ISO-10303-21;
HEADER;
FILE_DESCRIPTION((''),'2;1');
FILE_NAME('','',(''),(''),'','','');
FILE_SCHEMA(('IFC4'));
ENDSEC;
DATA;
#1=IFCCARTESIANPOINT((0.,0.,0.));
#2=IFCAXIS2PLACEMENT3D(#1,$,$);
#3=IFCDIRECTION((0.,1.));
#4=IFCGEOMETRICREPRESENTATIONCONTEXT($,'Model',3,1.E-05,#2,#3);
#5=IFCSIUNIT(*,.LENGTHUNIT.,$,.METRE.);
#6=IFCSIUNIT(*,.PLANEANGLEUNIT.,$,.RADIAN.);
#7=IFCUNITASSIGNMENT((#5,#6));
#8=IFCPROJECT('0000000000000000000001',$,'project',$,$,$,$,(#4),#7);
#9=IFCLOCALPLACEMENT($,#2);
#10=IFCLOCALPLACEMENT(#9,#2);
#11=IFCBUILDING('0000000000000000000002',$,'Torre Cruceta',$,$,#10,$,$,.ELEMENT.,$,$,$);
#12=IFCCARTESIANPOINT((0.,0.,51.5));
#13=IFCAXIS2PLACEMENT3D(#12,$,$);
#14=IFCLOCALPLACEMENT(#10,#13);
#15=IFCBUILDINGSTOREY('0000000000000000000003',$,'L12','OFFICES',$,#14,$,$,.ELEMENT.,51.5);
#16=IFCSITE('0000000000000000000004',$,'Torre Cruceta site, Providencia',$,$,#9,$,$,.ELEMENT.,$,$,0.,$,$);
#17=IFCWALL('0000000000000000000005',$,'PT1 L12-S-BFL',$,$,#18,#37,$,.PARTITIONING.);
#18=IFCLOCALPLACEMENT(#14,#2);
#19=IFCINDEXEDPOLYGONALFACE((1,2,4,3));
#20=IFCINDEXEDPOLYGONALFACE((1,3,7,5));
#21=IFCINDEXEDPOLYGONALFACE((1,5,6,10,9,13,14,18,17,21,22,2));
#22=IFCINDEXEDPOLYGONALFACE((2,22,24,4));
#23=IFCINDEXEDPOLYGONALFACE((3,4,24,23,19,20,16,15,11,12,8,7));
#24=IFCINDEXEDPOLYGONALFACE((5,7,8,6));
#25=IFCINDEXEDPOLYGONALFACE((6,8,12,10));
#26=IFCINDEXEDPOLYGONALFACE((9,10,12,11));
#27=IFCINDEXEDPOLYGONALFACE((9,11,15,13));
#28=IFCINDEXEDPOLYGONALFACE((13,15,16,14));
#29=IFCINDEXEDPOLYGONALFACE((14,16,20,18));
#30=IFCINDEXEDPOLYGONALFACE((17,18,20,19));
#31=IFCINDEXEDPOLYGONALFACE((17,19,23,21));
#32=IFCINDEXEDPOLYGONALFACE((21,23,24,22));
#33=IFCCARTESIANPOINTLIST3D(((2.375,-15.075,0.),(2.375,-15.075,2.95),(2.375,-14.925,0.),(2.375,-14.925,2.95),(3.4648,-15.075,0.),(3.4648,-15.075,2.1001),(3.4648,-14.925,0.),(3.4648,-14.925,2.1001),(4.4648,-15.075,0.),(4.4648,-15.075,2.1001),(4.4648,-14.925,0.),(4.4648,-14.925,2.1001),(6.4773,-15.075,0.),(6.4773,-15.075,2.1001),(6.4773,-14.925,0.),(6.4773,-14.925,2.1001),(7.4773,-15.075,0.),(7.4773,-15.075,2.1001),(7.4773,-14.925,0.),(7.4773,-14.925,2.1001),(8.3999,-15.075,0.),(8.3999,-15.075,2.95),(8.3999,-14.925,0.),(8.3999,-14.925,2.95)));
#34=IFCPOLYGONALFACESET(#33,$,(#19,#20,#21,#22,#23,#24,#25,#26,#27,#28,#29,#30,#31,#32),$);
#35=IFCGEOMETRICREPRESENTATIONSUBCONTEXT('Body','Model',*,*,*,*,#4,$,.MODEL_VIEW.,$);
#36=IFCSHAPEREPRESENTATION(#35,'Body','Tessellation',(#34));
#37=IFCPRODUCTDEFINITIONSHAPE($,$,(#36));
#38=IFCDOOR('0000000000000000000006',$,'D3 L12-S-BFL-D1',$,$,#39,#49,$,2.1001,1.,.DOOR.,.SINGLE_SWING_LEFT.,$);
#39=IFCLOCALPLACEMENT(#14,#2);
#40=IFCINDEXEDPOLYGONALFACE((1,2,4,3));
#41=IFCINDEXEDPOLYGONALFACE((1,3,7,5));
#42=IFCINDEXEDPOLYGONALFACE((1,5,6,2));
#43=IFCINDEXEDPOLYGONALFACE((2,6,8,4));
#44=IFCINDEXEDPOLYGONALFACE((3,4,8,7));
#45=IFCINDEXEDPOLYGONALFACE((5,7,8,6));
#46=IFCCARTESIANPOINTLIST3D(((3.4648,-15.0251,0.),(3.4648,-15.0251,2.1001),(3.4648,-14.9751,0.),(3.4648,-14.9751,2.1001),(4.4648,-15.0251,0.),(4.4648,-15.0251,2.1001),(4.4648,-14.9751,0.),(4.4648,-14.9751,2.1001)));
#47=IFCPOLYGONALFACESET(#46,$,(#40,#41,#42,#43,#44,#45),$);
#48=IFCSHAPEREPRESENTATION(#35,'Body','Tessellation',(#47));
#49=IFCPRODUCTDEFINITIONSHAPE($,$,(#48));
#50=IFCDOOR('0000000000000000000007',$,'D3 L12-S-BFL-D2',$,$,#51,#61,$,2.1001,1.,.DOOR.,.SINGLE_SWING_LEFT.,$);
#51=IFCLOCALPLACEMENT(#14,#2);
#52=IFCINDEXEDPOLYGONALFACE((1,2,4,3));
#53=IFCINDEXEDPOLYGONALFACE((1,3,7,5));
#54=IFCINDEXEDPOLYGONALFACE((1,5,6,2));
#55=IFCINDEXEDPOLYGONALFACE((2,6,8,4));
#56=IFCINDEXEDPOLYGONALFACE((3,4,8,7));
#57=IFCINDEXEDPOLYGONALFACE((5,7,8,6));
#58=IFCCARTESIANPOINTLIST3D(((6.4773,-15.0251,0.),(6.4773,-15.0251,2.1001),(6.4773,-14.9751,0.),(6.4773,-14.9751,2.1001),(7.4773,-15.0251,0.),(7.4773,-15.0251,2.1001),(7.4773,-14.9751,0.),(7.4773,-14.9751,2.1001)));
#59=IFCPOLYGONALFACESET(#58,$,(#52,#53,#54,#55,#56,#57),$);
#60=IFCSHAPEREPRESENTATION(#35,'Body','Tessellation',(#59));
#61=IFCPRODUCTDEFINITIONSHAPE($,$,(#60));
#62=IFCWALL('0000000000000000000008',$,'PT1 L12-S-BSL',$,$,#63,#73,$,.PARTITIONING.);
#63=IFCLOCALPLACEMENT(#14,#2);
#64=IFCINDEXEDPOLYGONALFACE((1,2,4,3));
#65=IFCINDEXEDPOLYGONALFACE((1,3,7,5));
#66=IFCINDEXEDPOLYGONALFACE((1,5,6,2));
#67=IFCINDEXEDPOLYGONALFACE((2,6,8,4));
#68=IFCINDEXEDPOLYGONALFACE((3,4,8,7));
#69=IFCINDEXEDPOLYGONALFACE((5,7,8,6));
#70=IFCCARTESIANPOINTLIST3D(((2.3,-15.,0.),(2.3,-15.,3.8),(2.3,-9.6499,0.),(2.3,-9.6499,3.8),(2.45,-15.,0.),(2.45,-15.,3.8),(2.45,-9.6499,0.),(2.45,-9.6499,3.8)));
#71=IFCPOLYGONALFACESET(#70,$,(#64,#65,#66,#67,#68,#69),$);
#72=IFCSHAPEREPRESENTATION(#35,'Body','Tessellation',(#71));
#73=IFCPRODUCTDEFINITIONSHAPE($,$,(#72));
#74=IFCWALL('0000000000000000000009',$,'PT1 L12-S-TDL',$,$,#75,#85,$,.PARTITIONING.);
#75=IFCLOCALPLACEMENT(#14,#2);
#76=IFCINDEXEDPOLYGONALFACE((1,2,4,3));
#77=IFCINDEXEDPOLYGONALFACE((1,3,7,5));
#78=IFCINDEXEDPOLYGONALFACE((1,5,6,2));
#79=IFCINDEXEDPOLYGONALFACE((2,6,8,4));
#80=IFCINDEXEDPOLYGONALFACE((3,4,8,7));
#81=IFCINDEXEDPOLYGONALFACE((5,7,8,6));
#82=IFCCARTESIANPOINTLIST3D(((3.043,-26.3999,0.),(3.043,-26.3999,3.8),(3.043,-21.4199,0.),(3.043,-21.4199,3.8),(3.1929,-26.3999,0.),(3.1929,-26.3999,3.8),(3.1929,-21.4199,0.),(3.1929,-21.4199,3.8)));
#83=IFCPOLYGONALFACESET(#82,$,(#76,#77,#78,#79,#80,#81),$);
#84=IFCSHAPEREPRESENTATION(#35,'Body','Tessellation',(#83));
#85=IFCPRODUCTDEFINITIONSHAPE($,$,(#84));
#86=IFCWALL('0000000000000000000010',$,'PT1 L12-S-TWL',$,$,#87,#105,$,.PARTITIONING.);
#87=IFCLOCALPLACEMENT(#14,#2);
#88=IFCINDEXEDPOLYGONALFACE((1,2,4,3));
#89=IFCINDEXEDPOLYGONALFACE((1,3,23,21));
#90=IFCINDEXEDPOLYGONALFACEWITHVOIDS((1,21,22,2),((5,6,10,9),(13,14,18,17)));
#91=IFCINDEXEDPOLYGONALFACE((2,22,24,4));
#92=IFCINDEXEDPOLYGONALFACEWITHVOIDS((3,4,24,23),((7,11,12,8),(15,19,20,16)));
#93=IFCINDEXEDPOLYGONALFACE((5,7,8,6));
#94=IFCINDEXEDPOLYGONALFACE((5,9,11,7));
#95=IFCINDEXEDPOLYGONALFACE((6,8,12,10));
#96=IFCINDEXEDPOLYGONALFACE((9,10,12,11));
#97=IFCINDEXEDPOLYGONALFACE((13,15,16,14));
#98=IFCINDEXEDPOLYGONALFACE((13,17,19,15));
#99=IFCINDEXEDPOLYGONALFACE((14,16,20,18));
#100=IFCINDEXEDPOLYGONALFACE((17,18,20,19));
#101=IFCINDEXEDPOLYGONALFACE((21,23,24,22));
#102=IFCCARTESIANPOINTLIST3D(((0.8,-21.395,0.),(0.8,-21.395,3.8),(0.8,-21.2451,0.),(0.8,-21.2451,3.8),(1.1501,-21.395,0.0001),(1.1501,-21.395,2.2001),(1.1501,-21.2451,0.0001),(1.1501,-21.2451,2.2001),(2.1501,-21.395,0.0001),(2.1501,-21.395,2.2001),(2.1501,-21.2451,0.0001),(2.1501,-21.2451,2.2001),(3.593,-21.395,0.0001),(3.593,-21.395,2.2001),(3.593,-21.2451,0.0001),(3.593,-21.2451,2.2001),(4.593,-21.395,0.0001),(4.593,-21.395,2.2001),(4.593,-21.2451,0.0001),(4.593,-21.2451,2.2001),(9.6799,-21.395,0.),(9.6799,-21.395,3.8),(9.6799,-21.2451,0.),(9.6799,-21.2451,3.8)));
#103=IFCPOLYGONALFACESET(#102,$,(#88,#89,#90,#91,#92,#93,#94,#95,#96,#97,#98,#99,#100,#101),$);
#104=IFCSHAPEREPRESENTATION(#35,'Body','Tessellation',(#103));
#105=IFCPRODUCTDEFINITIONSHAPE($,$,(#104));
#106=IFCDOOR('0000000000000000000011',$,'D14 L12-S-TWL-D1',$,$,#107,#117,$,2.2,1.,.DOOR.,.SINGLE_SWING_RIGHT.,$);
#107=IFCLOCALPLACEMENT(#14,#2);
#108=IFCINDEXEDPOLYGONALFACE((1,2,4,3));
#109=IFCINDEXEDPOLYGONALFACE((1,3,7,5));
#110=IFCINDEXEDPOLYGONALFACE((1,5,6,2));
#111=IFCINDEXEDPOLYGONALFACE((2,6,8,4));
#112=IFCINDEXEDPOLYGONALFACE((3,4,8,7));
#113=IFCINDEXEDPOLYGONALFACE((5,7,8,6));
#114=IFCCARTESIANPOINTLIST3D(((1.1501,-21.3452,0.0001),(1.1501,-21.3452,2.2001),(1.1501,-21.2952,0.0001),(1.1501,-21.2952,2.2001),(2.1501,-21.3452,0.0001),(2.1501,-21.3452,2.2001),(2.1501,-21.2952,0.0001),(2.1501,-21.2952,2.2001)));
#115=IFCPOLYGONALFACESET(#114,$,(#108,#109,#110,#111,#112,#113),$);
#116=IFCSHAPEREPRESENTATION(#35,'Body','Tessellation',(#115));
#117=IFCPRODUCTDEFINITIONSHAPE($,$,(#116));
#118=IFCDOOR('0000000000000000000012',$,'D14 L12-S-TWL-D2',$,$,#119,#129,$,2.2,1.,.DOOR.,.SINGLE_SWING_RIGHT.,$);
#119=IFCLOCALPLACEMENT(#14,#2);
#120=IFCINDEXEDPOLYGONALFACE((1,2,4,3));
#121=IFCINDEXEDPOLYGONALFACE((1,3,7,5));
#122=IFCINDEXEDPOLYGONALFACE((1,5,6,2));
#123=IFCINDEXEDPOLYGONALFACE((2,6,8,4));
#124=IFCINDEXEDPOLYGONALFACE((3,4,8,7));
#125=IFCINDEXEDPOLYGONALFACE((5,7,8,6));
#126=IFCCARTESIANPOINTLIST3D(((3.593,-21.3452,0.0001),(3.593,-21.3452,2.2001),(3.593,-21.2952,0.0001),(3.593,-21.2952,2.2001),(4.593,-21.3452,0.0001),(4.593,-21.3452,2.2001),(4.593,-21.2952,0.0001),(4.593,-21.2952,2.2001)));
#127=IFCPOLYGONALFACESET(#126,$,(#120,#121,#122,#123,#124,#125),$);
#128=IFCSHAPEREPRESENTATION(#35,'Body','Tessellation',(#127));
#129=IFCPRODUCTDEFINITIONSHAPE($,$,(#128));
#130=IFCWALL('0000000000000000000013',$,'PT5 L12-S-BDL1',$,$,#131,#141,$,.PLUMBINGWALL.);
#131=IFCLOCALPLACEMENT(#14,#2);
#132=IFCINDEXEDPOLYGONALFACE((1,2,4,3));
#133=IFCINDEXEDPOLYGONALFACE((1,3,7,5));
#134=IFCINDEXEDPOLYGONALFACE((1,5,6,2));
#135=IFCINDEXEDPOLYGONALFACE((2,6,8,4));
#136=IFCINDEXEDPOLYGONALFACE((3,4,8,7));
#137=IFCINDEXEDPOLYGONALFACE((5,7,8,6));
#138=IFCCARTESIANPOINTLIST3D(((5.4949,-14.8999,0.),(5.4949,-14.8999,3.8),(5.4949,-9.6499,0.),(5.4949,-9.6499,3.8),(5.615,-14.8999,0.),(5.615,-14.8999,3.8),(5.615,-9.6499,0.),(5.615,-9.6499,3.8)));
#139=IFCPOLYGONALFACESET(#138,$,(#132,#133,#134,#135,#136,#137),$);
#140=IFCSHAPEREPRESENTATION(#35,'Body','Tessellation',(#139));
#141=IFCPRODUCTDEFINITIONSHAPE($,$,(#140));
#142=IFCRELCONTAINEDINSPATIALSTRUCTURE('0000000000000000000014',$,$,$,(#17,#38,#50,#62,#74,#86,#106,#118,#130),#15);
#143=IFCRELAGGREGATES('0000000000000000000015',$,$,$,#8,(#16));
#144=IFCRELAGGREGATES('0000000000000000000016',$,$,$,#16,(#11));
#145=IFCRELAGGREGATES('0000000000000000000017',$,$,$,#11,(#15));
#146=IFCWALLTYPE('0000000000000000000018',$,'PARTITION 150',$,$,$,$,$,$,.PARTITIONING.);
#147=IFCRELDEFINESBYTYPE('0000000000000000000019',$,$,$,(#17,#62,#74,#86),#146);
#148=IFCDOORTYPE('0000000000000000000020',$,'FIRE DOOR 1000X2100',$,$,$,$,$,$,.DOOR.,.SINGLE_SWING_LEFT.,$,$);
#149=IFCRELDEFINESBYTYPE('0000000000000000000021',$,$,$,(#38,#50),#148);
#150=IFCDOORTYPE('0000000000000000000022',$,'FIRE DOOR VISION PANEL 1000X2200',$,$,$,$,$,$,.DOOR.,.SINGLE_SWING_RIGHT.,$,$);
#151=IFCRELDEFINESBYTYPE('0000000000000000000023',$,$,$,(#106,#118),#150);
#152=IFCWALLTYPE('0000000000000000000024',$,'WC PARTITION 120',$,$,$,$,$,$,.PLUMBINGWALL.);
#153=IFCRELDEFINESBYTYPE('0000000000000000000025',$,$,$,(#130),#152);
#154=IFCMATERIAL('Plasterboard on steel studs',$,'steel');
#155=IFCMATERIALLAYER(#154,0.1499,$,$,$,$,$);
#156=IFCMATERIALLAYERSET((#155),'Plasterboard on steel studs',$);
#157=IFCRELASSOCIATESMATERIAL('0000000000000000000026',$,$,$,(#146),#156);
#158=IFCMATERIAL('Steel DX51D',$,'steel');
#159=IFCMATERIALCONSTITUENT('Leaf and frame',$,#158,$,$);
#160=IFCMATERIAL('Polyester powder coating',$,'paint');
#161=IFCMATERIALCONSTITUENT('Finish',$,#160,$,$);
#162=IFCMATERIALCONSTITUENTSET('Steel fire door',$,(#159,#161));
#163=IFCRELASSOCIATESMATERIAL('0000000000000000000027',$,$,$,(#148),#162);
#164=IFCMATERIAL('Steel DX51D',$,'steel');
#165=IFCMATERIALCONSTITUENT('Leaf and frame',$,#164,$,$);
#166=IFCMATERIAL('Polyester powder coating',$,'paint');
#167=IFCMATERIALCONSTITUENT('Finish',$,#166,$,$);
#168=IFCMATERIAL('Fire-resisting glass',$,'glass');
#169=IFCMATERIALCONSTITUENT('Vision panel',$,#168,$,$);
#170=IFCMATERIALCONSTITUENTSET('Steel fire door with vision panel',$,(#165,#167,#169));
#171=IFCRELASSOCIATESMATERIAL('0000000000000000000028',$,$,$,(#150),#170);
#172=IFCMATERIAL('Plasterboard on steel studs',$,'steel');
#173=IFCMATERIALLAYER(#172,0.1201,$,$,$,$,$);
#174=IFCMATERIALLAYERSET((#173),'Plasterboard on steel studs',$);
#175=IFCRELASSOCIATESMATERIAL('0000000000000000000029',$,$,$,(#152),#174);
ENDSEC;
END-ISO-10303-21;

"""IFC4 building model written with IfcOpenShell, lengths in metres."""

from ifc_helpers import new_model, si_unit, direction, frame, frame_2d, origin, place, context, subcontext, project, spatial, rectangle, extrude, material, layer, layer_set, constituent, constituent_set, type_object, element, fill, save


model = new_model("IFC4")

# Units and contexts
model_context = context("Model", 3, precision=1e-05, world=origin(), true_north=direction((0.0, 1.0)))
body_context = subcontext(model_context, "Body", "Model", "MODEL_VIEW")
ifc_project = project(units=[si_unit("LENGTHUNIT", "METRE"), si_unit("PLANEANGLEUNIT", "RADIAN")], contexts=[model_context])

# Site, building, storey
site_placement = place(None, origin())
site = spatial("IfcSite", under=ifc_project, at=site_placement, Name="Torre Cruceta site, Providencia", CompositionType="ELEMENT", RefElevation=0.0)
building_placement = place(site_placement, origin())
building = spatial("IfcBuilding", under=site, at=building_placement, Name="Torre Cruceta", CompositionType="ELEMENT")
storey_placement = place(building_placement, frame((0.0, 0.0, 51.5)))
storey = spatial("IfcBuildingStorey", under=building, at=storey_placement, Name="L12", Description="OFFICES", CompositionType="ELEMENT", Elevation=51.5)

# Wall, openings, doors
ifc_material_1 = material(Name="Plasterboard on steel studs", Category="steel")
ifc_layer_1 = layer(ifc_material_1, 0.1499)
ifc_layer_set_1 = layer_set([ifc_layer_1], Name="Plasterboard on steel studs")
wall_type_1 = type_object("IfcWallType", Name="PARTITION 150", PredefinedType="PARTITIONING", material=ifc_layer_set_1)
wall_1_placement = place(storey_placement, frame((2.375, -15.0, 0.0), z_axis=(0.0, 0.0, 1.0), x_axis=(1.0, 0.0, 0.0)))
wall_1 = element("IfcWall", 1, at=wall_1_placement, inside=storey, type_object=wall_type_1, Name="PT1 L12-S-BFL", PredefinedType="PARTITIONING", context=body_context, shape_type="SweptSolid", body=[
    extrude(rectangle(XDim=6.0249, YDim=0.1499, at=frame_2d((3.0125, 0.0))), origin(), (0.0, 0.0, 1.0), 2.95),
])
opening_1_placement = place(wall_1_placement, frame((1.0898, 0.0, 0.0)))
opening_1 = element("IfcOpeningElement", 2, at=opening_1_placement, cuts=wall_1, PredefinedType="OPENING", context=body_context, shape_type="SweptSolid", body=[
    extrude(rectangle(XDim=1.0, YDim=2.1001, at=frame_2d((0.5, 1.05))), frame((0.0, 0.085, 0.0), z_axis=(0.0, -1.0, 0.0), x_axis=(1.0, 0.0, 0.0)), (0.0, 0.0, 1.0), 0.1699),
])
opening_2_placement = place(wall_1_placement, frame((4.1023, 0.0, 0.0)))
opening_2 = element("IfcOpeningElement", 3, at=opening_2_placement, cuts=wall_1, PredefinedType="OPENING", context=body_context, shape_type="SweptSolid", body=[
    extrude(rectangle(XDim=1.0, YDim=2.1001, at=frame_2d((0.5, 1.05))), frame((0.0, 0.085, 0.0), z_axis=(0.0, -1.0, 0.0), x_axis=(1.0, 0.0, 0.0)), (0.0, 0.0, 1.0), 0.1699),
])
ifc_material_2 = material(Name="Steel DX51D", Category="steel")
ifc_constituent_1 = constituent(ifc_material_2, Name="Leaf and frame")
ifc_material_3 = material(Name="Polyester powder coating", Category="paint")
ifc_constituent_2 = constituent(ifc_material_3, Name="Finish")
ifc_constituent_set_1 = constituent_set(constituents=[ifc_constituent_1, ifc_constituent_2], Name="Steel fire door")
door_type_1 = type_object("IfcDoorType", Name="FIRE DOOR 1000X2100", OperationType="SINGLE_SWING_LEFT", PredefinedType="DOOR", material=ifc_constituent_set_1)
door_1_placement = place(opening_1_placement, origin())
door_1 = element("IfcDoor", 4, at=door_1_placement, inside=storey, type_object=door_type_1, Name="D3 L12-S-BFL-D1", OperationType="SINGLE_SWING_LEFT", OverallHeight=2.1001, OverallWidth=1.0, PredefinedType="DOOR", context=body_context, shape_type="SweptSolid", body=[
    extrude(rectangle(XDim=1.0, YDim=2.1001, at=frame_2d((0.5, 1.05))), frame((0.0, 0.0249, 0.0), z_axis=(0.0, -1.0, 0.0), x_axis=(1.0, 0.0, 0.0)), (0.0, 0.0, 1.0), 0.05),
])
fill(opening_1, door_1)
door_2_placement = place(opening_2_placement, origin())
door_2 = element("IfcDoor", 5, at=door_2_placement, inside=storey, type_object=door_type_1, Name="D3 L12-S-BFL-D2", OperationType="SINGLE_SWING_LEFT", OverallHeight=2.1001, OverallWidth=1.0, PredefinedType="DOOR", context=body_context, shape_type="SweptSolid", body=[
    extrude(rectangle(XDim=1.0, YDim=2.1001, at=frame_2d((0.5, 1.05))), frame((0.0, 0.0249, 0.0), z_axis=(0.0, -1.0, 0.0), x_axis=(1.0, 0.0, 0.0)), (0.0, 0.0, 1.0), 0.05),
])
fill(opening_2, door_2)

# Walls
wall_2_placement = place(storey_placement, frame((2.375, -9.6499, 0.0), z_axis=(0.0, 0.0, 1.0), x_axis=(0.0, -1.0, 0.0)))
element("IfcWall", 6, at=wall_2_placement, inside=storey, type_object=wall_type_1, Name="PT1 L12-S-BSL", PredefinedType="PARTITIONING", context=body_context, shape_type="SweptSolid", body=[
    extrude(rectangle(XDim=5.3501, YDim=0.1499, at=frame_2d((2.675, 0.0))), origin(), (0.0, 0.0, 1.0), 3.8),
])
wall_3_placement = place(storey_placement, frame((3.1179, -21.4199, 0.0), z_axis=(0.0, 0.0, 1.0), x_axis=(0.0, -1.0, 0.0)))
element("IfcWall", 7, at=wall_3_placement, inside=storey, type_object=wall_type_1, Name="PT1 L12-S-TDL", PredefinedType="PARTITIONING", context=body_context, shape_type="SweptSolid", body=[
    extrude(rectangle(XDim=4.98, YDim=0.1499, at=frame_2d((2.49, 0.0))), origin(), (0.0, 0.0, 1.0), 3.8),
])

# Wall, openings, doors
wall_4_placement = place(storey_placement, frame((0.8, -21.3201, 0.0), z_axis=(0.0, 0.0, 1.0), x_axis=(1.0, 0.0, 0.0)))
wall_4 = element("IfcWall", 8, at=wall_4_placement, inside=storey, type_object=wall_type_1, Name="PT1 L12-S-TWL", PredefinedType="PARTITIONING", context=body_context, shape_type="SweptSolid", body=[
    extrude(rectangle(XDim=8.8799, YDim=0.1499, at=frame_2d((4.4399, 0.0))), origin(), (0.0, 0.0, 1.0), 3.8),
])
opening_3_placement = place(wall_4_placement, frame((0.3501, 0.0, 0.0)))
opening_3 = element("IfcOpeningElement", 9, at=opening_3_placement, cuts=wall_4, PredefinedType="OPENING", context=body_context, shape_type="SweptSolid", body=[
    extrude(rectangle(XDim=1.0, YDim=2.2, at=frame_2d((0.5, 1.1001))), frame((0.0, 0.085, 0.0), z_axis=(0.0, -1.0, 0.0), x_axis=(1.0, 0.0, 0.0)), (0.0, 0.0, 1.0), 0.1699),
])
opening_4_placement = place(wall_4_placement, frame((2.793, 0.0, 0.0)))
opening_4 = element("IfcOpeningElement", 10, at=opening_4_placement, cuts=wall_4, PredefinedType="OPENING", context=body_context, shape_type="SweptSolid", body=[
    extrude(rectangle(XDim=1.0, YDim=2.2, at=frame_2d((0.5, 1.1001))), frame((0.0, 0.085, 0.0), z_axis=(0.0, -1.0, 0.0), x_axis=(1.0, 0.0, 0.0)), (0.0, 0.0, 1.0), 0.1699),
])
ifc_material_4 = material(Name="Steel DX51D", Category="steel")
ifc_constituent_3 = constituent(ifc_material_4, Name="Leaf and frame")
ifc_material_5 = material(Name="Polyester powder coating", Category="paint")
ifc_constituent_4 = constituent(ifc_material_5, Name="Finish")
ifc_material_6 = material(Name="Fire-resisting glass", Category="glass")
ifc_constituent_5 = constituent(ifc_material_6, Name="Vision panel")
ifc_constituent_set_2 = constituent_set(constituents=[ifc_constituent_3, ifc_constituent_4, ifc_constituent_5], Name="Steel fire door with vision panel")
door_type_2 = type_object("IfcDoorType", Name="FIRE DOOR VISION PANEL 1000X2200", OperationType="SINGLE_SWING_RIGHT", PredefinedType="DOOR", material=ifc_constituent_set_2)
door_3_placement = place(opening_3_placement, frame((1.0, 0.0, 0.0), z_axis=(0.0, 0.0, 1.0), x_axis=(-1.0, 0.0, 0.0)))
door_3 = element("IfcDoor", 11, at=door_3_placement, inside=storey, type_object=door_type_2, Name="D14 L12-S-TWL-D1", OperationType="SINGLE_SWING_RIGHT", OverallHeight=2.2, OverallWidth=1.0, PredefinedType="DOOR", context=body_context, shape_type="SweptSolid", body=[
    extrude(rectangle(XDim=1.0, YDim=2.2, at=frame_2d((0.5, 1.1001))), frame((0.0, 0.0251, 0.0), z_axis=(0.0, -1.0, 0.0), x_axis=(1.0, 0.0, 0.0)), (0.0, 0.0, 1.0), 0.05),
])
fill(opening_3, door_3)
door_4_placement = place(opening_4_placement, frame((1.0, 0.0, 0.0), z_axis=(0.0, 0.0, 1.0), x_axis=(-1.0, 0.0, 0.0)))
door_4 = element("IfcDoor", 12, at=door_4_placement, inside=storey, type_object=door_type_2, Name="D14 L12-S-TWL-D2", OperationType="SINGLE_SWING_RIGHT", OverallHeight=2.2, OverallWidth=1.0, PredefinedType="DOOR", context=body_context, shape_type="SweptSolid", body=[
    extrude(rectangle(XDim=1.0, YDim=2.2, at=frame_2d((0.5, 1.1001))), frame((0.0, 0.0251, 0.0), z_axis=(0.0, -1.0, 0.0), x_axis=(1.0, 0.0, 0.0)), (0.0, 0.0, 1.0), 0.05),
])
fill(opening_4, door_4)

# Wall
ifc_material_7 = material(Name="Plasterboard on steel studs", Category="steel")
ifc_layer_2 = layer(ifc_material_7, 0.1201)
ifc_layer_set_2 = layer_set([ifc_layer_2], Name="Plasterboard on steel studs")
wall_type_2 = type_object("IfcWallType", Name="WC PARTITION 120", PredefinedType="PLUMBINGWALL", material=ifc_layer_set_2)
wall_5_placement = place(storey_placement, frame((5.5549, -9.6499, 0.0), z_axis=(0.0, 0.0, 1.0), x_axis=(0.0, -1.0, 0.0)))
element("IfcWall", 13, at=wall_5_placement, inside=storey, type_object=wall_type_2, Name="PT5 L12-S-BDL1", PredefinedType="PLUMBINGWALL", context=body_context, shape_type="SweptSolid", body=[
    extrude(rectangle(XDim=5.25, YDim=0.1201, at=frame_2d((2.625, 0.0))), origin(), (0.0, 0.0, 1.0), 3.8),
])

save(model, "model.ifc")
